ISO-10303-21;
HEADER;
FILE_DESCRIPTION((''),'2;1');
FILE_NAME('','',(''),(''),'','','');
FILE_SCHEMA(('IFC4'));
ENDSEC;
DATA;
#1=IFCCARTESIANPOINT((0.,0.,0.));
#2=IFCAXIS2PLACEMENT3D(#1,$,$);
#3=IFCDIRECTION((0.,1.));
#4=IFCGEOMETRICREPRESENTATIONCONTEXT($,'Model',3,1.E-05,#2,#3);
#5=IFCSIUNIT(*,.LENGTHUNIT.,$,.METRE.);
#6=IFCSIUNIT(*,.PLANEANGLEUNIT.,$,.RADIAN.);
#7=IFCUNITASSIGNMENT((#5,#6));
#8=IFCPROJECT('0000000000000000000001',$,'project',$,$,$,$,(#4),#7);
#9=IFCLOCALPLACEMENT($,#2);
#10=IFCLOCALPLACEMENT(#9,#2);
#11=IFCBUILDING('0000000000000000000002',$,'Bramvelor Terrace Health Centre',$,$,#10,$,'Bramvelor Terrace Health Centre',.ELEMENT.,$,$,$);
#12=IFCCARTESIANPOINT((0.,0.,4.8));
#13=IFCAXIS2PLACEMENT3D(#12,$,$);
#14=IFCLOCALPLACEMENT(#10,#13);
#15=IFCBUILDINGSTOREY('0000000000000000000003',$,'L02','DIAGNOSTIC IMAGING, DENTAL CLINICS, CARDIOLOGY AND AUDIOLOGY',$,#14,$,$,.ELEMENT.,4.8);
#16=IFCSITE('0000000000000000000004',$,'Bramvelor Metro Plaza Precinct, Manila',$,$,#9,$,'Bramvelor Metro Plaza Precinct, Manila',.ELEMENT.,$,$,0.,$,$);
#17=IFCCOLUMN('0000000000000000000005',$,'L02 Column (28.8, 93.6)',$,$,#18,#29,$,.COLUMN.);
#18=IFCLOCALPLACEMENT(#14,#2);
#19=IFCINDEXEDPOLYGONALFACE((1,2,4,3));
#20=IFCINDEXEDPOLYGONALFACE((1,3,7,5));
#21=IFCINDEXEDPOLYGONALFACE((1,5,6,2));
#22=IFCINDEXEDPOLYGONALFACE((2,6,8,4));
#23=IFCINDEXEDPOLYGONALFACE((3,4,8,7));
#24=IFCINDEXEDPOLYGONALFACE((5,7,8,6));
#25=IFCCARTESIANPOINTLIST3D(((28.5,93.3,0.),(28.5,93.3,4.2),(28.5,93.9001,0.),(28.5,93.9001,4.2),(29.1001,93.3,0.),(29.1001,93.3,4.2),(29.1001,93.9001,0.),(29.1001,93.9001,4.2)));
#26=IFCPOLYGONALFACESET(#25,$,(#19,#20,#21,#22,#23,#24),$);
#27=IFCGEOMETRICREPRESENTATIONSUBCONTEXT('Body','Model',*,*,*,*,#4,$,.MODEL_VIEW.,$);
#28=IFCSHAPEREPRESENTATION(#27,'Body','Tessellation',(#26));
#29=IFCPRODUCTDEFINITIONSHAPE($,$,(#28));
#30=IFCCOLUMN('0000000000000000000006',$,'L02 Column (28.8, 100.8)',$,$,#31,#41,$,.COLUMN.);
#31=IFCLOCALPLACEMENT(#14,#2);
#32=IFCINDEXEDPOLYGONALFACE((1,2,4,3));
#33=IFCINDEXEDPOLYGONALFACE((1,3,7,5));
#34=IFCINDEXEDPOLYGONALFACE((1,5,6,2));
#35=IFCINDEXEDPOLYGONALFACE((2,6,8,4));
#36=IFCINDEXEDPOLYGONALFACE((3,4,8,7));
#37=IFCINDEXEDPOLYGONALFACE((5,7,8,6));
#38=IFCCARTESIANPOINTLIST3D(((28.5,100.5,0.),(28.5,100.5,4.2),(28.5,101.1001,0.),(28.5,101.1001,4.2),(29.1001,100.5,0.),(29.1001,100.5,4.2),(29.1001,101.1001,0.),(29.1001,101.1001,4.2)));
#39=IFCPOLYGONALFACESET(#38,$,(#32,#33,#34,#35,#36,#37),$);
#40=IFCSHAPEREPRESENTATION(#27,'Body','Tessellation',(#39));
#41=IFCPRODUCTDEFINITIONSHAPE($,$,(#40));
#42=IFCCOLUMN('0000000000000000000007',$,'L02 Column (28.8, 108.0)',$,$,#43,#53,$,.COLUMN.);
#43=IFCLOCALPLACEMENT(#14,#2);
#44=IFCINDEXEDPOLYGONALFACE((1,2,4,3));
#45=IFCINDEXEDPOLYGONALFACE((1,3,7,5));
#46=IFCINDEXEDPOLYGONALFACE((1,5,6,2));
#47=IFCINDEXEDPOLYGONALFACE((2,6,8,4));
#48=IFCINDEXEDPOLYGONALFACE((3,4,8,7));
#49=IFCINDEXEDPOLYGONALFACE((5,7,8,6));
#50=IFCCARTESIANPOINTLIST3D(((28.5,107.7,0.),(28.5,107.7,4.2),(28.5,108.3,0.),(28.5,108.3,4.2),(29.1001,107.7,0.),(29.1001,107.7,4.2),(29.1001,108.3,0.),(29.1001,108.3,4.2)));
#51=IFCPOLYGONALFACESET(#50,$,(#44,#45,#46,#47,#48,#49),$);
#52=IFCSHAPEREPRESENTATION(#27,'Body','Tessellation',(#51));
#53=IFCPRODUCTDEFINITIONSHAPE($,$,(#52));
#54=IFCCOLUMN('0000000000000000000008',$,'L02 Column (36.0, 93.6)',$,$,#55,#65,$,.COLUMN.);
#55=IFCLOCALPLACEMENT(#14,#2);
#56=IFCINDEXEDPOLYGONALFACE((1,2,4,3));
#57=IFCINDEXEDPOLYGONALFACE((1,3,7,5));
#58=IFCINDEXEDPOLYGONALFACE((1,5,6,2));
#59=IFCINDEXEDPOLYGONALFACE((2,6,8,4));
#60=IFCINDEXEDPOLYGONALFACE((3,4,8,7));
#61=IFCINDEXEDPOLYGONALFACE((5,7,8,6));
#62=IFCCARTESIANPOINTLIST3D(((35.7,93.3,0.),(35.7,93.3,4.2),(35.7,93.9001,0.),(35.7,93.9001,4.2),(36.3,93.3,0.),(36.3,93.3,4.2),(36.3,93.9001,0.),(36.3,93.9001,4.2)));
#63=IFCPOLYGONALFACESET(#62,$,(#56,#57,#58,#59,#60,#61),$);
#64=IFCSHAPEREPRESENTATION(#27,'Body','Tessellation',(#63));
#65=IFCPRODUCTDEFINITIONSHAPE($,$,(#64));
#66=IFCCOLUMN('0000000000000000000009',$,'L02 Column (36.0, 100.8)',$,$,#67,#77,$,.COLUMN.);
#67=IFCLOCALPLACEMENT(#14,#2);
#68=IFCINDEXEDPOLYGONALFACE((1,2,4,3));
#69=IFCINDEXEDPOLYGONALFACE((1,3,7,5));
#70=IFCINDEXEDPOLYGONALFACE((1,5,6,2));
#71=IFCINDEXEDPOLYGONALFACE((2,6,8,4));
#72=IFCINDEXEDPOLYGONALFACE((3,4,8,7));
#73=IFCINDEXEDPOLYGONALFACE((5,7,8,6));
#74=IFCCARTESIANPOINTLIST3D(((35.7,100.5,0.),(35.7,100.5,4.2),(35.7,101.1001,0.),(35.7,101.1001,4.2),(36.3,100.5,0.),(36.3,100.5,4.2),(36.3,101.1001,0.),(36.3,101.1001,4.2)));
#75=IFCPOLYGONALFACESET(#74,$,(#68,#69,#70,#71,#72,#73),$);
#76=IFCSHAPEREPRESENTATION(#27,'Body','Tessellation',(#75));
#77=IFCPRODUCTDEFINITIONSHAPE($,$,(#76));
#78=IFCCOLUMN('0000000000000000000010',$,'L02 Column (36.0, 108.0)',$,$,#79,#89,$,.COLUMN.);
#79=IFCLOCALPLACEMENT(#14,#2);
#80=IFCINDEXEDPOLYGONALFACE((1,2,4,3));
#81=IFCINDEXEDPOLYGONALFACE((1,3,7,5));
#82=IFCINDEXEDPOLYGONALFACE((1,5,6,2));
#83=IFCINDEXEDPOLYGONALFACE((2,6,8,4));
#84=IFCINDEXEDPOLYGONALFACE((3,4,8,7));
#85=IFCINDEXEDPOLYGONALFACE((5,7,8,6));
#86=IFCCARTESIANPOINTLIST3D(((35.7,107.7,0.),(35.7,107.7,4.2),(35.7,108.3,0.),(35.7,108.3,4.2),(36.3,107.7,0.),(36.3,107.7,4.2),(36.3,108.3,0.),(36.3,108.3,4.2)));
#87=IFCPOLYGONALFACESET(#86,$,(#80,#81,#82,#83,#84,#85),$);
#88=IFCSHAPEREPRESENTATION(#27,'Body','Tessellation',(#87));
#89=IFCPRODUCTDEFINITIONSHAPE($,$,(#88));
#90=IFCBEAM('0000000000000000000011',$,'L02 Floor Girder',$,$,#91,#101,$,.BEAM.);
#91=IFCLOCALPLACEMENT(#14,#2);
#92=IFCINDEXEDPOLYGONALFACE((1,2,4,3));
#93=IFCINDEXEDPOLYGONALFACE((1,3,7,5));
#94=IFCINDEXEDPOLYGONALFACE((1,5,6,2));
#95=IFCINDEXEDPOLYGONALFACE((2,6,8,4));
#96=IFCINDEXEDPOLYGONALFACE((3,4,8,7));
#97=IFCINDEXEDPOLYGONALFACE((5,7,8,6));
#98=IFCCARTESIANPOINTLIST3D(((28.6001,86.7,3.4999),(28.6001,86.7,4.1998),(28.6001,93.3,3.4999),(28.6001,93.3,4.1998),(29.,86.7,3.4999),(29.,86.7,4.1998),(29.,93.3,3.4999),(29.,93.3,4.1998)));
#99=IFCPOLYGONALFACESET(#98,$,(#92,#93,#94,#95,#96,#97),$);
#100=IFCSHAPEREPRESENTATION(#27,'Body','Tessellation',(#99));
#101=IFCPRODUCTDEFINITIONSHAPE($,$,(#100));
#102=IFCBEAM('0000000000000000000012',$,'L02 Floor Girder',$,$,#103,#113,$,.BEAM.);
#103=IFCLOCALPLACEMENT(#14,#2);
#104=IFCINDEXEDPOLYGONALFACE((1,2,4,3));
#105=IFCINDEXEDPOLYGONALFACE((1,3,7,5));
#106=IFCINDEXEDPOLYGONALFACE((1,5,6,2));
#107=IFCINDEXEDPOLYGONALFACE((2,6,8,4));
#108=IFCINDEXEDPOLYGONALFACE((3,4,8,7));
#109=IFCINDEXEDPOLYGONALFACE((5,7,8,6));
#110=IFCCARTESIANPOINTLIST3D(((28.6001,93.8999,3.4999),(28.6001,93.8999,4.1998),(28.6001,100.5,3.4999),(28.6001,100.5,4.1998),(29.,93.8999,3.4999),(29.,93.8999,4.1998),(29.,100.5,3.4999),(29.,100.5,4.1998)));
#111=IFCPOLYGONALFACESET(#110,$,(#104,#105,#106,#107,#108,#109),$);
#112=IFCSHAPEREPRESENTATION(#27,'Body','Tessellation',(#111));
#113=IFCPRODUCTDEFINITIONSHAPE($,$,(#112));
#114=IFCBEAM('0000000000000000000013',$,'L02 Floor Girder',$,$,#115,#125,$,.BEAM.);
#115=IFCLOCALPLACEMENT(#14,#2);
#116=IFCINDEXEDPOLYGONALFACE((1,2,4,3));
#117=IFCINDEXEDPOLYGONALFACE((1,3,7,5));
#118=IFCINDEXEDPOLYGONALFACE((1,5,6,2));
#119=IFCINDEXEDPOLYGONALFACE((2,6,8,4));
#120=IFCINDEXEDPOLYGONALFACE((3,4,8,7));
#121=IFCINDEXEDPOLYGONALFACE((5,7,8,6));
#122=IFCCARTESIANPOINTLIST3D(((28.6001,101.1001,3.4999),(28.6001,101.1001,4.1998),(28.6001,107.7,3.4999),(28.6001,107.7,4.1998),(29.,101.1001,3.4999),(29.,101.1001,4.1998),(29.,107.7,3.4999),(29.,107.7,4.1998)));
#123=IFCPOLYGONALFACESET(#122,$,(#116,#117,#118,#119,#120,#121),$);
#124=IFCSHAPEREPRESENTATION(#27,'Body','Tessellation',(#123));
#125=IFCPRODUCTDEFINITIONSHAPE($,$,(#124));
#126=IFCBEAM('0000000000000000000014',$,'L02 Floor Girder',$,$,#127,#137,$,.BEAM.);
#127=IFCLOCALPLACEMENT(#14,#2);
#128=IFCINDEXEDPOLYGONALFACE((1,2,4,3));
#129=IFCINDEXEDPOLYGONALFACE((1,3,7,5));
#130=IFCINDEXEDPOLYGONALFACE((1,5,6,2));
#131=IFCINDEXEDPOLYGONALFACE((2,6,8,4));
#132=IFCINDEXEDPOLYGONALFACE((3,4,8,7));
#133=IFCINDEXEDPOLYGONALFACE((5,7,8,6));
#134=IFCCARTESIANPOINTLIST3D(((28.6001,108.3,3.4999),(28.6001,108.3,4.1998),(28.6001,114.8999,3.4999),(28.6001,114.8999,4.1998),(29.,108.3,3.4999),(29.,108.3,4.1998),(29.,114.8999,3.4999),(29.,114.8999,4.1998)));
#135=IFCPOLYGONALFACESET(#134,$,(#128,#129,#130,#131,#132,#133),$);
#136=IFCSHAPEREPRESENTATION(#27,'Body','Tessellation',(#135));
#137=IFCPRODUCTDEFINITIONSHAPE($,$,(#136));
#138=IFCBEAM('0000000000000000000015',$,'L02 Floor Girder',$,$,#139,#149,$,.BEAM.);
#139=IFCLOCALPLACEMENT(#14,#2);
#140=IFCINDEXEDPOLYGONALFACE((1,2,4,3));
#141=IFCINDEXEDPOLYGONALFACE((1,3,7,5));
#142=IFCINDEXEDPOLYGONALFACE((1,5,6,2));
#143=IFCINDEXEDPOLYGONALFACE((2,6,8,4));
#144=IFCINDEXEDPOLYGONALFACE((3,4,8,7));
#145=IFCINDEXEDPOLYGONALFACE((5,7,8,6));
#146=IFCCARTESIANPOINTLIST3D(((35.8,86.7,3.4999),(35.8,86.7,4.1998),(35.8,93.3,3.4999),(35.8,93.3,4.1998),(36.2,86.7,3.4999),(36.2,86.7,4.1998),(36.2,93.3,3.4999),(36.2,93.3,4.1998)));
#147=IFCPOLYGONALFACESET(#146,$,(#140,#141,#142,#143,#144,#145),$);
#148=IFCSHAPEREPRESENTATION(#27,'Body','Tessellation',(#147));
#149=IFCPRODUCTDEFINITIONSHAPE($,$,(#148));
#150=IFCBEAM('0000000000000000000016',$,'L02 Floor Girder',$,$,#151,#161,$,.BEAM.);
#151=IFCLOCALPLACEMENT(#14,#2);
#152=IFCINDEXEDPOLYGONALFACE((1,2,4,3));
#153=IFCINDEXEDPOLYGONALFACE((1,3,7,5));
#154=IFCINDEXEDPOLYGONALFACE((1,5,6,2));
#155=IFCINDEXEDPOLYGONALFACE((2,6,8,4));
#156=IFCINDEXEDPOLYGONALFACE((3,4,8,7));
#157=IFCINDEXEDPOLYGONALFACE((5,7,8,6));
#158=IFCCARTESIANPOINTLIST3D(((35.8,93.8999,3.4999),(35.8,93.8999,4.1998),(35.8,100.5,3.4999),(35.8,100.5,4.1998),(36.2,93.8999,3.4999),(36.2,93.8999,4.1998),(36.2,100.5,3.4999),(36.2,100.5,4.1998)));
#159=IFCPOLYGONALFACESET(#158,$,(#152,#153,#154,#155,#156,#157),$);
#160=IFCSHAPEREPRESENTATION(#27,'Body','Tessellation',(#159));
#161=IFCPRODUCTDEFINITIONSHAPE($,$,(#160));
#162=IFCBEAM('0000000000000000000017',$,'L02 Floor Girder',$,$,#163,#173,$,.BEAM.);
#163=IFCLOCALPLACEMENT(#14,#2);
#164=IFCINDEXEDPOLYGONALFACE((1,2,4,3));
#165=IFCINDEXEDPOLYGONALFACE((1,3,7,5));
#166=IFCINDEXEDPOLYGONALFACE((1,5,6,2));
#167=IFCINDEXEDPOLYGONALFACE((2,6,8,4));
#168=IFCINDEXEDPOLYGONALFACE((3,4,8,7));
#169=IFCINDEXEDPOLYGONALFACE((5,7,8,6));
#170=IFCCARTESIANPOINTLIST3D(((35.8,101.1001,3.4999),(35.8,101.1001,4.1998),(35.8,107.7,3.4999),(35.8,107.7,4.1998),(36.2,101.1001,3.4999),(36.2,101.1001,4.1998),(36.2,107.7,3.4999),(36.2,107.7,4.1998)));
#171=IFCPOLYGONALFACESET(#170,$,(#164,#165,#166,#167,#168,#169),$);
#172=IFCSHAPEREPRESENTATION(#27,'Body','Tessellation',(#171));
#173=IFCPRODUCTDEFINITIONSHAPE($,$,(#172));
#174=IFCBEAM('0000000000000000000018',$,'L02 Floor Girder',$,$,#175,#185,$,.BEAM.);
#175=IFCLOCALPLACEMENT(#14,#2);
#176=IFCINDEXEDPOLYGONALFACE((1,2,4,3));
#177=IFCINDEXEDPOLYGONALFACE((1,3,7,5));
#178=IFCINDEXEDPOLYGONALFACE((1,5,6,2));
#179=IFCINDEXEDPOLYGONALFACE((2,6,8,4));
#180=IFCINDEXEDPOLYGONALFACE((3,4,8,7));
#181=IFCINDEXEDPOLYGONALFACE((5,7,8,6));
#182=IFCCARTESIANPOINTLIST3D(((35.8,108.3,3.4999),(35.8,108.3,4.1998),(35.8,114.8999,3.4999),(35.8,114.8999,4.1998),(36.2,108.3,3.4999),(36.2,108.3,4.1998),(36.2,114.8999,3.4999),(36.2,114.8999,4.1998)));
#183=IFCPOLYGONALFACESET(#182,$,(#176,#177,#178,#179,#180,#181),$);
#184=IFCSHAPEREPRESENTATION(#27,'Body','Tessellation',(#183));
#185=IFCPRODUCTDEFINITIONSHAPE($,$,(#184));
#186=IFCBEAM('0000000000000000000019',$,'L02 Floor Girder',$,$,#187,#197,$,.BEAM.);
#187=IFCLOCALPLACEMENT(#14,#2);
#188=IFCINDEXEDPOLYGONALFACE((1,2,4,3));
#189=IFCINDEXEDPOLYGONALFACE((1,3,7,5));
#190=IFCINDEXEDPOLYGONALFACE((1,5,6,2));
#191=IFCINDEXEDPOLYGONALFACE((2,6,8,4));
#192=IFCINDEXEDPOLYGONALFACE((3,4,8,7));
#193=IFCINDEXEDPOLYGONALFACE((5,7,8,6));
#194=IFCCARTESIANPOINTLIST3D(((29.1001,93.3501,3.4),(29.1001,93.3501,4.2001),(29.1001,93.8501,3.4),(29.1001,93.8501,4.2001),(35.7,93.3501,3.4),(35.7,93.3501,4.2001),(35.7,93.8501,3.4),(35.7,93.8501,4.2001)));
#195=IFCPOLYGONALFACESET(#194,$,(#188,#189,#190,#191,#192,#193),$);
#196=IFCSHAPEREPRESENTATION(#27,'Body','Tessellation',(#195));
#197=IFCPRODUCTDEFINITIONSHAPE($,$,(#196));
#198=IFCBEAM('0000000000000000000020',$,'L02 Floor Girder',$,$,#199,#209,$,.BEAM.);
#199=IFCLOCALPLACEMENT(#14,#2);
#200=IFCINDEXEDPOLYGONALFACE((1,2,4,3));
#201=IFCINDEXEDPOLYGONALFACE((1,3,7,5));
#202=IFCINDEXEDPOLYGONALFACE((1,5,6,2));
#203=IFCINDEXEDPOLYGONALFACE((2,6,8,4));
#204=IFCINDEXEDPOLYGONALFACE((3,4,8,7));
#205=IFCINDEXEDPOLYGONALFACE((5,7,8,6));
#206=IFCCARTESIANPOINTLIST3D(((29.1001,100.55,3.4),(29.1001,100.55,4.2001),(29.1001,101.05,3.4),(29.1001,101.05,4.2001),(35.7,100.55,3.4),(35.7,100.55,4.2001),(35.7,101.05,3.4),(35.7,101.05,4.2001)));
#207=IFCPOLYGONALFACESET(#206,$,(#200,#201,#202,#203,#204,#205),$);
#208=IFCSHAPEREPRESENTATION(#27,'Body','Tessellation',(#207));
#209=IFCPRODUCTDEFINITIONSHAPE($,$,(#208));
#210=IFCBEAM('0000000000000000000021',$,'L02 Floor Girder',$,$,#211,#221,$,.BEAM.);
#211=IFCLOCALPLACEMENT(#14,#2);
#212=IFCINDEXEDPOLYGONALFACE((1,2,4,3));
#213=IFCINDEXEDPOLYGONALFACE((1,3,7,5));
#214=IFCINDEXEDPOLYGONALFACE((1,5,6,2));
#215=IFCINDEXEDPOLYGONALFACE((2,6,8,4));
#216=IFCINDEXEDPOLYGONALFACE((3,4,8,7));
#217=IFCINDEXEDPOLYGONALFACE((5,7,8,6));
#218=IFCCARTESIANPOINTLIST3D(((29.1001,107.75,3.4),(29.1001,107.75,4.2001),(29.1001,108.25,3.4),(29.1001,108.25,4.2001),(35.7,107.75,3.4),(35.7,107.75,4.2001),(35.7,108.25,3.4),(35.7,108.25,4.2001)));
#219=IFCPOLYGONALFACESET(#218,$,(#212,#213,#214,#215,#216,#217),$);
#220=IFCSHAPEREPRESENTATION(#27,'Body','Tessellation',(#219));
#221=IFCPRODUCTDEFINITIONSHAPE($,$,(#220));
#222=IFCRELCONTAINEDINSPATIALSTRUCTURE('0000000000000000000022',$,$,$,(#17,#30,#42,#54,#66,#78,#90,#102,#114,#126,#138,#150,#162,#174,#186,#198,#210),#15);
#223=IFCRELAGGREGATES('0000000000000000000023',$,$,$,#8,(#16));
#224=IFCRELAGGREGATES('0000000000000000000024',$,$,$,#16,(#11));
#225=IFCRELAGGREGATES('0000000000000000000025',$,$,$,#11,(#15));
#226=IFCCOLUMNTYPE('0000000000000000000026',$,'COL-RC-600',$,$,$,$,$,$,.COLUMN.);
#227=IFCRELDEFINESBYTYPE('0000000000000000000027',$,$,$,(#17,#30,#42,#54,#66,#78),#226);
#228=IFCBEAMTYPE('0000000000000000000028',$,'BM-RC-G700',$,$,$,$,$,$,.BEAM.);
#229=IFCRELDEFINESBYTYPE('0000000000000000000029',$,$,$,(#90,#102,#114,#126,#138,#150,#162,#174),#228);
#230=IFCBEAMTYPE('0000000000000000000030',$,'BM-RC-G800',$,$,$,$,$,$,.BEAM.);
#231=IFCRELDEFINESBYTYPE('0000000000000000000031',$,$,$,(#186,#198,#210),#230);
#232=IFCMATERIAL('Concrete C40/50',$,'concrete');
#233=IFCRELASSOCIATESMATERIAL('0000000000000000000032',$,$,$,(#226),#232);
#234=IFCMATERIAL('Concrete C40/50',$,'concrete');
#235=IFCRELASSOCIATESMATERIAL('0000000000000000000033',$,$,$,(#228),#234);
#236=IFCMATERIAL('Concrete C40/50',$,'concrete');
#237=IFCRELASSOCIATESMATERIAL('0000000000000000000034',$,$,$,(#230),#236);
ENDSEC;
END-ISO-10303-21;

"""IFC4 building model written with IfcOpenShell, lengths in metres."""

from ifc_helpers import new_model, si_unit, direction, frame, origin, origin_2d, place, context, subcontext, project, spatial, rectangle, extrude, material, material_profile, profile_set, type_object, element, save


model = new_model("IFC4")

# Units and contexts
model_context = context("Model", 3, precision=1e-05, world=origin(), true_north=direction((0.0, 1.0)))
body_context = subcontext(model_context, "Body", "Model", "MODEL_VIEW")
ifc_project = project(units=[si_unit("LENGTHUNIT", "METRE"), si_unit("PLANEANGLEUNIT", "RADIAN")], contexts=[model_context])

# Site, building, storey
site_placement = place(None, origin())
site = spatial("IfcSite", under=ifc_project, at=site_placement, Name="Bramvelor Metro Plaza Precinct, Manila", LongName="Bramvelor Metro Plaza Precinct, Manila", CompositionType="ELEMENT", RefElevation=0.0)
building_placement = place(site_placement, origin())
building = spatial("IfcBuilding", under=site, at=building_placement, Name="Bramvelor Terrace Health Centre", LongName="Bramvelor Terrace Health Centre", CompositionType="ELEMENT")
storey_placement = place(building_placement, frame((0.0, 0.0, 4.8)))
storey = spatial("IfcBuildingStorey", under=building, at=storey_placement, Name="L02", Description="DIAGNOSTIC IMAGING, DENTAL CLINICS, CARDIOLOGY AND AUDIOLOGY", CompositionType="ELEMENT", Elevation=4.8)

# Columns
ifc_material_1 = material(Name="Concrete C40/50", Category="concrete")
ifc_material_profile_1 = material_profile(ifc_material_1, rectangle(XDim=0.6001, YDim=0.6001, at=origin_2d()), Name="RC 600x600")
ifc_profile_set_1 = profile_set([ifc_material_profile_1], Name="Concrete C40/50")
column_type = type_object("IfcColumnType", Name="COL-RC-600", PredefinedType="COLUMN", material=ifc_profile_set_1)
for number, where, z_axis, x_axis, name in (
    (1, (28.8, 93.6001, 0.0), (0.0, 0.0, 1.0), (1.0, 0.0, 0.0), "L02 Column (28.8, 93.6)"),
    (2, (28.8, 100.8, 0.0), (0.0, 0.0, 1.0), (1.0, 0.0, 0.0), "L02 Column (28.8, 100.8)"),
    (3, (28.8, 108.0, 0.0), (0.0, 0.0, 1.0), (1.0, 0.0, 0.0), "L02 Column (28.8, 108.0)"),
    (4, (36.0, 93.6001, 0.0), (0.0, 0.0, 1.0), (1.0, 0.0, 0.0), "L02 Column (36.0, 93.6)"),
    (5, (36.0, 100.8, 0.0), (0.0, 0.0, 1.0), (1.0, 0.0, 0.0), "L02 Column (36.0, 100.8)"),
    (6, (36.0, 108.0, 0.0), (0.0, 0.0, 1.0), (1.0, 0.0, 0.0), "L02 Column (36.0, 108.0)"),
):
    element("IfcColumn", number, at=place(storey_placement, frame(where, z_axis=z_axis, x_axis=x_axis)), inside=storey, type_object=column_type, Name=name, PredefinedType="COLUMN", context=body_context, shape_type="SweptSolid", body=[
        extrude(rectangle(XDim=0.6001, YDim=0.6001, at=origin_2d()), origin(), (0.0, 0.0, 1.0), 4.2),
    ])

# Beams
ifc_material_2 = material(Name="Concrete C40/50", Category="concrete")
ifc_material_profile_2 = material_profile(ifc_material_2, rectangle(XDim=0.3999, YDim=0.7, at=origin_2d()), Name="RC 400x700")
ifc_profile_set_2 = profile_set([ifc_material_profile_2], Name="Concrete C40/50")
beam_type_1 = type_object("IfcBeamType", Name="BM-RC-G700", PredefinedType="BEAM", material=ifc_profile_set_2)
for number, where, z_axis, x_axis, name in (
    (7, (28.8, 86.7, 3.8499), (0.0, 1.0, 0.0), (-1.0, 0.0, 0.0), "L02 Floor Girder"),
    (8, (28.8, 93.8999, 3.8499), (0.0, 1.0, 0.0), (-1.0, 0.0, 0.0), "L02 Floor Girder"),
):
    element("IfcBeam", number, at=place(storey_placement, frame(where, z_axis=z_axis, x_axis=x_axis)), inside=storey, type_object=beam_type_1, Name=name, PredefinedType="BEAM", context=body_context, shape_type="SweptSolid", body=[
        extrude(rectangle(XDim=0.3999, YDim=0.7, at=origin_2d()), origin(), (0.0, 0.0, 1.0), 6.6001),
    ])
for number, where, z_axis, x_axis, name in (
    (9, (28.8, 101.1001, 3.8499), (0.0, 1.0, 0.0), (-1.0, 0.0, 0.0), "L02 Floor Girder"),
    (10, (28.8, 108.3, 3.8499), (0.0, 1.0, 0.0), (-1.0, 0.0, 0.0), "L02 Floor Girder"),
):
    element("IfcBeam", number, at=place(storey_placement, frame(where, z_axis=z_axis, x_axis=x_axis)), inside=storey, type_object=beam_type_1, Name=name, PredefinedType="BEAM", context=body_context, shape_type="SweptSolid", body=[
        extrude(rectangle(XDim=0.3999, YDim=0.7, at=origin_2d()), origin(), (0.0, 0.0, 1.0), 6.5999),
    ])
for number, where, z_axis, x_axis, name in (
    (11, (36.0, 86.7, 3.8499), (0.0, 1.0, 0.0), (-1.0, 0.0, 0.0), "L02 Floor Girder"),
    (12, (36.0, 93.8999, 3.8499), (0.0, 1.0, 0.0), (-1.0, 0.0, 0.0), "L02 Floor Girder"),
):
    element("IfcBeam", number, at=place(storey_placement, frame(where, z_axis=z_axis, x_axis=x_axis)), inside=storey, type_object=beam_type_1, Name=name, PredefinedType="BEAM", context=body_context, shape_type="SweptSolid", body=[
        extrude(rectangle(XDim=0.3999, YDim=0.7, at=origin_2d()), origin(), (0.0, 0.0, 1.0), 6.6001),
    ])
for number, where, z_axis, x_axis, name in (
    (13, (36.0, 101.1001, 3.8499), (0.0, 1.0, 0.0), (-1.0, 0.0, 0.0), "L02 Floor Girder"),
    (14, (36.0, 108.3, 3.8499), (0.0, 1.0, 0.0), (-1.0, 0.0, 0.0), "L02 Floor Girder"),
):
    element("IfcBeam", number, at=place(storey_placement, frame(where, z_axis=z_axis, x_axis=x_axis)), inside=storey, type_object=beam_type_1, Name=name, PredefinedType="BEAM", context=body_context, shape_type="SweptSolid", body=[
        extrude(rectangle(XDim=0.3999, YDim=0.7, at=origin_2d()), origin(), (0.0, 0.0, 1.0), 6.5999),
    ])
ifc_material_3 = material(Name="Concrete C40/50", Category="concrete")
ifc_material_profile_3 = material_profile(ifc_material_3, rectangle(XDim=0.5, YDim=0.8, at=origin_2d()), Name="RC 500x800")
ifc_profile_set_3 = profile_set([ifc_material_profile_3], Name="Concrete C40/50")
beam_type_2 = type_object("IfcBeamType", Name="BM-RC-G800", PredefinedType="BEAM", material=ifc_profile_set_3)
for number, where, z_axis, x_axis, name in (
    (15, (29.1001, 93.6001, 3.8), (1.0, 0.0, 0.0), (0.0, 1.0, 0.0), "L02 Floor Girder"),
    (16, (29.1001, 100.8, 3.8), (1.0, 0.0, 0.0), (0.0, 1.0, 0.0), "L02 Floor Girder"),
    (17, (29.1001, 108.0, 3.8), (1.0, 0.0, 0.0), (0.0, 1.0, 0.0), "L02 Floor Girder"),
):
    element("IfcBeam", number, at=place(storey_placement, frame(where, z_axis=z_axis, x_axis=x_axis)), inside=storey, type_object=beam_type_2, Name=name, PredefinedType="BEAM", context=body_context, shape_type="SweptSolid", body=[
        extrude(rectangle(XDim=0.5, YDim=0.8, at=origin_2d()), origin(), (0.0, 0.0, 1.0), 6.5999),
    ])

save(model, "model.ifc")
